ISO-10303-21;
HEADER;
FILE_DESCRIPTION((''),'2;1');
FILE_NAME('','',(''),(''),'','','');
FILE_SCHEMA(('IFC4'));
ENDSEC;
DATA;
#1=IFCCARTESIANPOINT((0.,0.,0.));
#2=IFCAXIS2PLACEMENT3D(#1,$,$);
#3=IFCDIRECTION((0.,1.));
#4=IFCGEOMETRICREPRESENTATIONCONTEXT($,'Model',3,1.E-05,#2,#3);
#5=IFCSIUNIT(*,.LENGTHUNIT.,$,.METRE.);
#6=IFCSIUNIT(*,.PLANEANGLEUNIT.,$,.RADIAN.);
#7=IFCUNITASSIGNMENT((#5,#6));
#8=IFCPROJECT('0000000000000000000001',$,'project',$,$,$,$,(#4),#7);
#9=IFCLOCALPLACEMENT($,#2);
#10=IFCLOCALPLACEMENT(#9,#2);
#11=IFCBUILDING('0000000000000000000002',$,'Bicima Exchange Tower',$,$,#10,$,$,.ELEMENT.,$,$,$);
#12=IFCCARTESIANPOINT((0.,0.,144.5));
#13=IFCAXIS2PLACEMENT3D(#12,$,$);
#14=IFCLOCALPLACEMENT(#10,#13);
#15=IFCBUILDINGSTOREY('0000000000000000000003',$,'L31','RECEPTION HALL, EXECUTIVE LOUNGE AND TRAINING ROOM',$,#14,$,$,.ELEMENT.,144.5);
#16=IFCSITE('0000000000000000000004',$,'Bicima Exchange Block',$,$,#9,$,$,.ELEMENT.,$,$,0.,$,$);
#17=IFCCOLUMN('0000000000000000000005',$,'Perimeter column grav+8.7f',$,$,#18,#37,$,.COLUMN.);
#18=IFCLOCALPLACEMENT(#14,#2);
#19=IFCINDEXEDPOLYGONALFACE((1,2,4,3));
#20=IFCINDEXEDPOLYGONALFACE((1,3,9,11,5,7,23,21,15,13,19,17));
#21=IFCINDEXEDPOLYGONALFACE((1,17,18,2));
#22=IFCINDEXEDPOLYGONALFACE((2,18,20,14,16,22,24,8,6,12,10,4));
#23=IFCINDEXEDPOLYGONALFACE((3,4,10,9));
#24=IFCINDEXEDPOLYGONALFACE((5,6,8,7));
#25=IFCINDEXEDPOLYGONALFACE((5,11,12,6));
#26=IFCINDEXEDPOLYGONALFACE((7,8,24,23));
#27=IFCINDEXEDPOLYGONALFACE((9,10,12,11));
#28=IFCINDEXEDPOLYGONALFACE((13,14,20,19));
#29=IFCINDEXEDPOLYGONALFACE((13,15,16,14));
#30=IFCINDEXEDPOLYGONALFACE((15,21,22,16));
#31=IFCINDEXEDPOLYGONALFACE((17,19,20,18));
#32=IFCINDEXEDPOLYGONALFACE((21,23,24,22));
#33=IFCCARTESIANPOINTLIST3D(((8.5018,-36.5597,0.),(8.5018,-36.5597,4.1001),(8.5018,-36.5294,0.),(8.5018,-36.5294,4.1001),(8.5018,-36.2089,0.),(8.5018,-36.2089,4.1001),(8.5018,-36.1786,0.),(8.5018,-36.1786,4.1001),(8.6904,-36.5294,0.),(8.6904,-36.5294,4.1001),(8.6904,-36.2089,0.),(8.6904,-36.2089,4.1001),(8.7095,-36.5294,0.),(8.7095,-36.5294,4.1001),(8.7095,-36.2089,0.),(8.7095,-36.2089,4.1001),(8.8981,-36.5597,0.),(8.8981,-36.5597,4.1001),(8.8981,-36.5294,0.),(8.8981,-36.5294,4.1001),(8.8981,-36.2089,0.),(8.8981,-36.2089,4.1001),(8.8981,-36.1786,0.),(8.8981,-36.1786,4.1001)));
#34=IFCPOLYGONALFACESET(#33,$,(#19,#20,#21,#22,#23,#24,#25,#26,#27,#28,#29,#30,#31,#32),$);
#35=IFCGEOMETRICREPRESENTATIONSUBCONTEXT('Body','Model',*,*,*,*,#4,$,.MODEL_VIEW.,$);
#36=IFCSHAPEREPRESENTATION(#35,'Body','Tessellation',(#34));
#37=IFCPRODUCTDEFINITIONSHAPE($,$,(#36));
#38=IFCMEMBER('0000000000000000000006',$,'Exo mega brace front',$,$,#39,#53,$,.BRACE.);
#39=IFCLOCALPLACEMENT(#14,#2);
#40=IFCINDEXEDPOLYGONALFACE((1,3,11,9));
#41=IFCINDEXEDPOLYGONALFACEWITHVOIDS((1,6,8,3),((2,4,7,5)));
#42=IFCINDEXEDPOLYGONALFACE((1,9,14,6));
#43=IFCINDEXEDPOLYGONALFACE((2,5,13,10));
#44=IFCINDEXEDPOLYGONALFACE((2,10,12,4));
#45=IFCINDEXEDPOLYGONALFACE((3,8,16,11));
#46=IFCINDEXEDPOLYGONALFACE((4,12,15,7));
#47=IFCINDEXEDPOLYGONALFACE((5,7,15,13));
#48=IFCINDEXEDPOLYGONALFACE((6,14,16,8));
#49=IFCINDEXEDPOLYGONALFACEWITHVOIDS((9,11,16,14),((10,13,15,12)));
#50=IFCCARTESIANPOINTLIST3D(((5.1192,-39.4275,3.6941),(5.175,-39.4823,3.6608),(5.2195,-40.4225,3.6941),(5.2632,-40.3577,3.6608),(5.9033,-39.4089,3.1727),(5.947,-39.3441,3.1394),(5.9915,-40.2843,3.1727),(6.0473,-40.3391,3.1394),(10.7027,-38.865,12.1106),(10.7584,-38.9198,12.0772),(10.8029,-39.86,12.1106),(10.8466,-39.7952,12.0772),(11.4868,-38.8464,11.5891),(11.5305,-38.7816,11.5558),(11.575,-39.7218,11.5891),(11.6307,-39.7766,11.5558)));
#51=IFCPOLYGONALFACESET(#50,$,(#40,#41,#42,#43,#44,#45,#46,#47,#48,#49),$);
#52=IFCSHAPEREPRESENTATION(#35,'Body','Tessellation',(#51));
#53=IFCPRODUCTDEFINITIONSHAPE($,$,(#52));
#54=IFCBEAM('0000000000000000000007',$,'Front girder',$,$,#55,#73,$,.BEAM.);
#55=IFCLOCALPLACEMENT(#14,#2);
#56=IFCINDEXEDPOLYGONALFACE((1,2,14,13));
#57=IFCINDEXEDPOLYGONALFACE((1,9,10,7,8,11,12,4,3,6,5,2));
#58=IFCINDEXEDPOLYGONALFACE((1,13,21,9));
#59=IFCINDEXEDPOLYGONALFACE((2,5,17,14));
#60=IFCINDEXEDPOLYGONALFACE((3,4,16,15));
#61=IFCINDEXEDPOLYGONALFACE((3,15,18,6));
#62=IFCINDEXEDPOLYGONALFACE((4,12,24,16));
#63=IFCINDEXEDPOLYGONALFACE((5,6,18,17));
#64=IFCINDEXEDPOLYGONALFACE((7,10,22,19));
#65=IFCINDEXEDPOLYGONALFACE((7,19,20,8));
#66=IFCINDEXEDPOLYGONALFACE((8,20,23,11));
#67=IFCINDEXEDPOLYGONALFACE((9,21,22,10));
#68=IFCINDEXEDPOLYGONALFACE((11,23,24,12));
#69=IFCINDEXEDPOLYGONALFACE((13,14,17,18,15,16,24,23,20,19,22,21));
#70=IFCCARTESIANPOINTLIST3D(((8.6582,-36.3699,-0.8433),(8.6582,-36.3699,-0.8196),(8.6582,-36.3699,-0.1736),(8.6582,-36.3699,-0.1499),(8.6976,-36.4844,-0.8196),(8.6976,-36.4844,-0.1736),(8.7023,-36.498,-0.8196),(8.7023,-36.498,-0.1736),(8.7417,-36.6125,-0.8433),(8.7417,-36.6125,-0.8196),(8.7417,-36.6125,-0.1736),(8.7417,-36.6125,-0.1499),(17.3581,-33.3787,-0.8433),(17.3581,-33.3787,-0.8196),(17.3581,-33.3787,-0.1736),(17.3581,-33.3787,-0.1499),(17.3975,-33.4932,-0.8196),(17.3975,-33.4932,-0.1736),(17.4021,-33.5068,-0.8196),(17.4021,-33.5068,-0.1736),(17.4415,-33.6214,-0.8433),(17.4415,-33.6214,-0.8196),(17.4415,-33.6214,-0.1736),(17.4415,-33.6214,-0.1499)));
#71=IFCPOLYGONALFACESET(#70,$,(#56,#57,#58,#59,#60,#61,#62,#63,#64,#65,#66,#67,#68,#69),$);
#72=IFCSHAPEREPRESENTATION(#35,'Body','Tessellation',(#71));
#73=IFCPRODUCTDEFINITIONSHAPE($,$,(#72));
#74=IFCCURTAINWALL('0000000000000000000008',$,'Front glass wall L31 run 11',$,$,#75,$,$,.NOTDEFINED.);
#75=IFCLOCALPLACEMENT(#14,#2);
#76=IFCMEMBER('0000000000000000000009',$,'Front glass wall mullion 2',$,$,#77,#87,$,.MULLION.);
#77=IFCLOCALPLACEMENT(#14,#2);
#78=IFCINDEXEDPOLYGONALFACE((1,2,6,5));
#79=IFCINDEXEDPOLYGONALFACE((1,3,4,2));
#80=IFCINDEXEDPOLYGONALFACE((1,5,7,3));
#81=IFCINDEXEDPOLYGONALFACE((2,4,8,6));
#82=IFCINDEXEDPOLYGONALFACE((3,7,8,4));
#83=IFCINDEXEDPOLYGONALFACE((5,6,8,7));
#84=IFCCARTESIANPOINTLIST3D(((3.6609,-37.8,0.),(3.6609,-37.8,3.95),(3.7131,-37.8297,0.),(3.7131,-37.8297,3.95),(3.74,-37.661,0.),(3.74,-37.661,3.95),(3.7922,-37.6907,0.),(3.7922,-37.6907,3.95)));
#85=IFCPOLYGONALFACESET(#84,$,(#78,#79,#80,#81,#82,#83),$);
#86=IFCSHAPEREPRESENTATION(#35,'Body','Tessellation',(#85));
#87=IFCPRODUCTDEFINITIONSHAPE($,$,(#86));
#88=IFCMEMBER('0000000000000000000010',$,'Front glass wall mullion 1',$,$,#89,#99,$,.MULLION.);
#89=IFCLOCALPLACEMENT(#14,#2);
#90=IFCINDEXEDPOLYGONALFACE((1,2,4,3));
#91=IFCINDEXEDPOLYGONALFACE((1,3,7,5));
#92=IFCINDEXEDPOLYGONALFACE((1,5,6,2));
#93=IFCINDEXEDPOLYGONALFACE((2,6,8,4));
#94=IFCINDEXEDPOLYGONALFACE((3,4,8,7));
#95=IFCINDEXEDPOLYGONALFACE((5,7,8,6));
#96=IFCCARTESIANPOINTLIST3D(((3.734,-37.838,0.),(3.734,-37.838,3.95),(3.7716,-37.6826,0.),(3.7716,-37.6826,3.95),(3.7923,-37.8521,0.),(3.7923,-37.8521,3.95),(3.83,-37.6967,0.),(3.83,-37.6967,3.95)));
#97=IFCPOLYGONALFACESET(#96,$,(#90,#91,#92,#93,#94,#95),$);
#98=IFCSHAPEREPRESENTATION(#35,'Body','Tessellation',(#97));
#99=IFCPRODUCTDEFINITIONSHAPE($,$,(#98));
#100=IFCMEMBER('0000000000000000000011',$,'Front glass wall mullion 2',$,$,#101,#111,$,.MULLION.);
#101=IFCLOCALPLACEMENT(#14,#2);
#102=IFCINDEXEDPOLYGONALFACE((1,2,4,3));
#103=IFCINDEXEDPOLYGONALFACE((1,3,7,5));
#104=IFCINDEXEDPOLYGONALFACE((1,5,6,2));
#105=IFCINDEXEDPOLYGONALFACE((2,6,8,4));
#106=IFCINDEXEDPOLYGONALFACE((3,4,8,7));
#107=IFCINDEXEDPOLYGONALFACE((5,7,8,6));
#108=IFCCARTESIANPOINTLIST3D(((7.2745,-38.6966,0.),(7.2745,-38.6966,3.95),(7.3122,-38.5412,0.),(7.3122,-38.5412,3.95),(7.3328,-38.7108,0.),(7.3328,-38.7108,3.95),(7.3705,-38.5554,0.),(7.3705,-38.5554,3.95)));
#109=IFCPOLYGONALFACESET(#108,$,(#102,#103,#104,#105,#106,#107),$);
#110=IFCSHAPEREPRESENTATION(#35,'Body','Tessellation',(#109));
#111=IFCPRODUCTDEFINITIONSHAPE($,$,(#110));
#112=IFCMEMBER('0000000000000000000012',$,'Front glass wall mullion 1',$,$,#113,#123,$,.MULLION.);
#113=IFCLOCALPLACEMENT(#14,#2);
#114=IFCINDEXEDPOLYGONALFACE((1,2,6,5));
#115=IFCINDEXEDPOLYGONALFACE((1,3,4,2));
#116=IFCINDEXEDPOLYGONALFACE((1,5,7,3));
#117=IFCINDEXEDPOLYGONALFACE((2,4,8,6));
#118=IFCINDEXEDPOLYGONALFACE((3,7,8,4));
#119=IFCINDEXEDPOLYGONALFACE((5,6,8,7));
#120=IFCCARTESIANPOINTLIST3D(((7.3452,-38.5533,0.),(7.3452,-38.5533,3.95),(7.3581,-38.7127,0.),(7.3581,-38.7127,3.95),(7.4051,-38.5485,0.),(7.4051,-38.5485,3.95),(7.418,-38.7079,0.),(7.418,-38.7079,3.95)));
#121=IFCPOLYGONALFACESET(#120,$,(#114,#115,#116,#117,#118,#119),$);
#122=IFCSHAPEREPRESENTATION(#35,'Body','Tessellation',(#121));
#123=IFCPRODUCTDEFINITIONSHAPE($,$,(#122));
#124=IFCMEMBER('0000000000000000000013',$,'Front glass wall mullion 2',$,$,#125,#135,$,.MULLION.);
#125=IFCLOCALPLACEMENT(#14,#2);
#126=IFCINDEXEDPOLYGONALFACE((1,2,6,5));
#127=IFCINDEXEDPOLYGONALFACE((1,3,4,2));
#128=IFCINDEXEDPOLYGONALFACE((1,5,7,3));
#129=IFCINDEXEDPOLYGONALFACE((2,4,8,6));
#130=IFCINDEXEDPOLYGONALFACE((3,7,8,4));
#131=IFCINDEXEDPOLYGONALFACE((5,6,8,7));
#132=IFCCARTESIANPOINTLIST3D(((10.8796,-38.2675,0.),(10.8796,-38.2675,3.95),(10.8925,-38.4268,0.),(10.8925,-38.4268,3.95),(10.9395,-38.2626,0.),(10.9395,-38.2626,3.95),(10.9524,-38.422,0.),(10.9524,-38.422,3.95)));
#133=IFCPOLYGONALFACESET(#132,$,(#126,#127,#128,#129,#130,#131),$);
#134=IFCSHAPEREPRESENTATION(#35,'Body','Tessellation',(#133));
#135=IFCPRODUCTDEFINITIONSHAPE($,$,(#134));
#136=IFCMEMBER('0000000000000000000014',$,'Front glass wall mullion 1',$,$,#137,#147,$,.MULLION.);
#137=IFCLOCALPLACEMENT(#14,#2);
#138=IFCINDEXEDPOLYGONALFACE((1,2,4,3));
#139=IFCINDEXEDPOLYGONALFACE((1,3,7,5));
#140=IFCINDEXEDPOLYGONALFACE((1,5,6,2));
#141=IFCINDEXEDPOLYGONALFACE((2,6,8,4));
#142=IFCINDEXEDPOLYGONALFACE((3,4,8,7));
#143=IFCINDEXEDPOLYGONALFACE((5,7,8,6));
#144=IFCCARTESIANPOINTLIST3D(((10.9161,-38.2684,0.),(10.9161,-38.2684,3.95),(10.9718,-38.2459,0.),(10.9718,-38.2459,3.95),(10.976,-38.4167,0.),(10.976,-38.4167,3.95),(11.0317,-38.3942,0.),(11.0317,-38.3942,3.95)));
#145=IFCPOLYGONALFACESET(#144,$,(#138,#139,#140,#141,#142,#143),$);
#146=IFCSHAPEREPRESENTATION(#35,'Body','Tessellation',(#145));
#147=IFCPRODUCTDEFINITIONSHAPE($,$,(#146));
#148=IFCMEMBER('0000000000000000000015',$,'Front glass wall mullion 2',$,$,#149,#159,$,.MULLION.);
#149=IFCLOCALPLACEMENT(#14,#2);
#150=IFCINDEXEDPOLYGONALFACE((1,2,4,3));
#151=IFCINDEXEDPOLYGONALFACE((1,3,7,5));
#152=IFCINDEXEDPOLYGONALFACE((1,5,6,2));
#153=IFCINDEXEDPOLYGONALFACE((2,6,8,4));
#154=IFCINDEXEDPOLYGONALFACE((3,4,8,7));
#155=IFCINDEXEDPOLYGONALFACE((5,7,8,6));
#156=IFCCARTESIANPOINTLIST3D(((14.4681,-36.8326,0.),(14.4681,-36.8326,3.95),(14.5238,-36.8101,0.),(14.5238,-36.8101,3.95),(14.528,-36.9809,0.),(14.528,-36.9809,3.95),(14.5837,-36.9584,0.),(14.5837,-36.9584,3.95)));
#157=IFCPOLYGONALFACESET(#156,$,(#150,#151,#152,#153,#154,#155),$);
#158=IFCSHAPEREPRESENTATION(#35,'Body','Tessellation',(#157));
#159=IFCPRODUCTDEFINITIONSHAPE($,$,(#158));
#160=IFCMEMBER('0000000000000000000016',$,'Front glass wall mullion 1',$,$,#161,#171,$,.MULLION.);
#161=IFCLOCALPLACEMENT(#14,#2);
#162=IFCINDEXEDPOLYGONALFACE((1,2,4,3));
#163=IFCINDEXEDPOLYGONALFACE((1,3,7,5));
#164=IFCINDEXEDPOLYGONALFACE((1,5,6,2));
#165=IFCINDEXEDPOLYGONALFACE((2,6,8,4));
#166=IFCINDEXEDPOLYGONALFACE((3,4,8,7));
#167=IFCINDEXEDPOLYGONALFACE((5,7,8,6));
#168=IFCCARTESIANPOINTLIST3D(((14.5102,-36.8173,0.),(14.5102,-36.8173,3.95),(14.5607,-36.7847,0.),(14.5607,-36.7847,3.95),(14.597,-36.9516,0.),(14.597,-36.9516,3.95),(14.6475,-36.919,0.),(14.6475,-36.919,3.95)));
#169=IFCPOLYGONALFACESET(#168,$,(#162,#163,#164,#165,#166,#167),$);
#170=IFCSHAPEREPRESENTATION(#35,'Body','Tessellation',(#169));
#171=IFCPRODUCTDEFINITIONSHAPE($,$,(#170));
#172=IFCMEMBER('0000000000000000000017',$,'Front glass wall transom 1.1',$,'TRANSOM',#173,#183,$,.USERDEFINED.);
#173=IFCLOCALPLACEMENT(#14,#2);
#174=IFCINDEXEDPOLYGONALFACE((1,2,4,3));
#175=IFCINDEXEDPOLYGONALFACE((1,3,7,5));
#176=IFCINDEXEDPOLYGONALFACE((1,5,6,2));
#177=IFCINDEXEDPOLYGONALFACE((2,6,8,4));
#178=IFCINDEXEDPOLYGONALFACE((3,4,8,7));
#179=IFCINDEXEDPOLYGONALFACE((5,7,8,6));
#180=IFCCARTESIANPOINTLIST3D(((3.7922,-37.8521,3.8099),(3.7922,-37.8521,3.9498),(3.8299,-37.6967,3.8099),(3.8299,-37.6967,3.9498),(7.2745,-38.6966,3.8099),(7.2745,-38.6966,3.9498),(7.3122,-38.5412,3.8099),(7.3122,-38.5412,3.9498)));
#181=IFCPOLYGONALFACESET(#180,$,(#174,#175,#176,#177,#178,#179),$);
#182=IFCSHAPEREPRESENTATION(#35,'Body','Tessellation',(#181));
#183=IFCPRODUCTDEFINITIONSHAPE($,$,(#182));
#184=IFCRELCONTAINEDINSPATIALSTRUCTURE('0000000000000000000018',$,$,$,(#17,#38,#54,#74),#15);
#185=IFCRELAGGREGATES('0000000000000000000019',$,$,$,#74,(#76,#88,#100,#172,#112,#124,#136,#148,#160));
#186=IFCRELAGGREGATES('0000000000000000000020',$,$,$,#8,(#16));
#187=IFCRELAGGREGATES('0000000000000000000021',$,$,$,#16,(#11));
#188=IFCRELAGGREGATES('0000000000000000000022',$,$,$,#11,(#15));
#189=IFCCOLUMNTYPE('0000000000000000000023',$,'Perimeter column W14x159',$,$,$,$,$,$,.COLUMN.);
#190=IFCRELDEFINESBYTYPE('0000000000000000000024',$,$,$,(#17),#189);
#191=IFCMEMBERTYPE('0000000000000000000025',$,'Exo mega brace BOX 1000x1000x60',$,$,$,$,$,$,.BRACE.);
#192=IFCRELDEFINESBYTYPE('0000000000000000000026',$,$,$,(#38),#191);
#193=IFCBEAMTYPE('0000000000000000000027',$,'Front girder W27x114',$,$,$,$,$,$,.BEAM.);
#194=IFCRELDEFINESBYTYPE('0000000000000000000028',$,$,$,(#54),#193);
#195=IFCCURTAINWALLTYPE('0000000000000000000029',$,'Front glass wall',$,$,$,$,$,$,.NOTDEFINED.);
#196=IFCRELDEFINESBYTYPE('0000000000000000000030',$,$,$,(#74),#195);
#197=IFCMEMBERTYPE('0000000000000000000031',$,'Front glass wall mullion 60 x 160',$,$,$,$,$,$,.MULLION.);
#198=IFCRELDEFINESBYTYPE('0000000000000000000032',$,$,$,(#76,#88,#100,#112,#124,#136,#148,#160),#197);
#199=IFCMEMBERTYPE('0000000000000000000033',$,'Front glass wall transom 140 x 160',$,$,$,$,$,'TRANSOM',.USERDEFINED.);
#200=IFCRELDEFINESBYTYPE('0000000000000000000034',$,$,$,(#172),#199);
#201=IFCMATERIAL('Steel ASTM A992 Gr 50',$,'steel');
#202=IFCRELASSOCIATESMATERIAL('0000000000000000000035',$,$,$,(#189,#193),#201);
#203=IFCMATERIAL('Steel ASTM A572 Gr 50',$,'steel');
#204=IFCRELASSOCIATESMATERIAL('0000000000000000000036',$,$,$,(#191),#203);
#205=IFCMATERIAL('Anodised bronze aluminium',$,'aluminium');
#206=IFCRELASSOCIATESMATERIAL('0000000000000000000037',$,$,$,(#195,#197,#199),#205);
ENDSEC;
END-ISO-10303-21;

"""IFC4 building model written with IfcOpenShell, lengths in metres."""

from ifc_helpers import new_model, si_unit, direction, frame, origin, origin_2d, place, context, subcontext, project, spatial, rectangle, hollow_rectangle, i_section, extrude, material, material_profile, profile_set, type_object, element, aggregate, save


model = new_model("IFC4")

# Units and contexts
model_context = context("Model", 3, precision=1e-05, world=origin(), true_north=direction((0.0, 1.0)))
body_context = subcontext(model_context, "Body", "Model", "MODEL_VIEW")
ifc_project = project(units=[si_unit("LENGTHUNIT", "METRE"), si_unit("PLANEANGLEUNIT", "RADIAN")], contexts=[model_context])

# Site, building, storey
site_placement = place(None, origin())
site = spatial("IfcSite", under=ifc_project, at=site_placement, Name="Bicima Exchange Block", CompositionType="ELEMENT", RefElevation=0.0)
building_placement = place(site_placement, origin())
building = spatial("IfcBuilding", under=site, at=building_placement, Name="Bicima Exchange Tower", CompositionType="ELEMENT")
storey_placement = place(building_placement, frame((0.0, 0.0, 144.5)))
storey = spatial("IfcBuildingStorey", under=building, at=storey_placement, Name="L31", Description="RECEPTION HALL, EXECUTIVE LOUNGE AND TRAINING ROOM", CompositionType="ELEMENT", Elevation=144.5)

# Column
ifc_material_1 = material(Name="Steel ASTM A992 Gr 50", Category="steel")
ifc_material_profile_1 = material_profile(ifc_material_1, i_section(OverallWidth=0.3962, OverallDepth=0.3811, WebThickness=0.019, FlangeThickness=0.0303, at=origin_2d()))
ifc_profile_set_1 = profile_set([ifc_material_profile_1], Name="Steel ASTM A992 Gr 50")
column_type = type_object("IfcColumnType", Name="Perimeter column W14x159", PredefinedType="COLUMN", material=ifc_profile_set_1)
column_placement = place(storey_placement, frame((8.7, -36.3691, 0.0), z_axis=(0.0, 0.0, 1.0), x_axis=(1.0, 0.0, 0.0)))
element("IfcColumn", 1, at=column_placement, inside=storey, type_object=column_type, Name="Perimeter column grav+8.7f", PredefinedType="COLUMN", context=body_context, shape_type="SweptSolid", body=[
    extrude(i_section(OverallWidth=0.3962, OverallDepth=0.3811, WebThickness=0.019, FlangeThickness=0.0303, at=origin_2d()), origin(), (0.0, 0.0, 1.0), 4.1001),
])

# Member
ifc_material_2 = material(Name="Steel ASTM A572 Gr 50", Category="steel")
ifc_material_profile_2 = material_profile(ifc_material_2, hollow_rectangle(XDim=1.0, YDim=1.0, WallThickness=0.0601, at=origin_2d()))
ifc_profile_set_2 = profile_set([ifc_material_profile_2], Name="Steel ASTM A572 Gr 50")
member_type_1 = type_object("IfcMemberType", Name="Exo mega brace BOX 1000x1000x60", PredefinedType="BRACE", material=ifc_profile_set_2)
member_1_placement = place(storey_placement, frame((5.5833, -39.8833, 3.4167), z_axis=(0.551958, 0.055606, 0.832016), x_axis=(-0.100236, 0.994964, 0.0)))
element("IfcMember", 2, at=member_1_placement, inside=storey, type_object=member_type_1, Name="Exo mega brace front", PredefinedType="BRACE", context=body_context, shape_type="SweptSolid", body=[
    extrude(hollow_rectangle(XDim=1.0, YDim=1.0, WallThickness=0.0601, at=origin_2d()), origin(), (0.0, 0.0, 1.0), 10.1157),
])

# Beam
ifc_material_profile_3 = material_profile(ifc_material_1, i_section(OverallWidth=0.2566, OverallDepth=0.6934, WebThickness=0.0144, FlangeThickness=0.0237, at=origin_2d()))
ifc_profile_set_3 = profile_set([ifc_material_profile_3], Name="Steel ASTM A992 Gr 50")
beam_type = type_object("IfcBeamType", Name="Front girder W27x114", PredefinedType="BEAM", material=ifc_profile_set_3)
beam_placement = place(storey_placement, frame((8.7, -36.4912, -0.4966), z_axis=(0.945666, 0.325138, 0.0), x_axis=(-0.325138, 0.945666, 0.0)))
element("IfcBeam", 3, at=beam_placement, inside=storey, type_object=beam_type, Name="Front girder", PredefinedType="BEAM", context=body_context, shape_type="SweptSolid", body=[
    extrude(i_section(OverallWidth=0.2566, OverallDepth=0.6934, WebThickness=0.0144, FlangeThickness=0.0237, at=origin_2d()), origin(), (0.0, 0.0, 1.0), 9.1997),
])

# Curtain wall, members
ifc_material_3 = material(Name="Anodised bronze aluminium", Category="aluminium")
curtain_wall_type = type_object("IfcCurtainWallType", Name="Front glass wall", PredefinedType="NOTDEFINED", material=ifc_material_3)
curtain_wall_placement = place(storey_placement, origin())
curtain_wall = element("IfcCurtainWall", 4, at=curtain_wall_placement, inside=storey, type_object=curtain_wall_type, Name="Front glass wall L31 run 11", PredefinedType="NOTDEFINED")
ifc_material_profile_4 = material_profile(ifc_material_3, rectangle(XDim=0.1599, YDim=0.0601, at=origin_2d()))
ifc_profile_set_4 = profile_set([ifc_material_profile_4], Name="Anodised bronze aluminium")
member_type_2 = type_object("IfcMemberType", Name="Front glass wall mullion 60 x 160", PredefinedType="MULLION", material=ifc_profile_set_4)
member_2_placement = place(storey_placement, frame((3.7266, -37.7454, 0.0), z_axis=(0.0, 0.0, 1.0), x_axis=(0.49433, 0.869274, 0.0)))
member_2 = element("IfcMember", 5, at=member_2_placement, type_object=member_type_2, Name="Front glass wall mullion 2", PredefinedType="MULLION", context=body_context, shape_type="SweptSolid", body=[
    extrude(rectangle(XDim=0.1599, YDim=0.0601, at=origin_2d()), origin(), (0.0, 0.0, 1.0), 3.95),
])
member_3_placement = place(storey_placement, frame((3.782, -37.7673, 0.0), z_axis=(0.0, 0.0, 1.0), x_axis=(0.235682, 0.97183, 0.0)))
member_3 = element("IfcMember", 6, at=member_3_placement, type_object=member_type_2, Name="Front glass wall mullion 1", PredefinedType="MULLION", context=body_context, shape_type="SweptSolid", body=[
    extrude(rectangle(XDim=0.1599, YDim=0.0601, at=origin_2d()), origin(), (0.0, 0.0, 1.0), 3.95),
])
member_4_placement = place(storey_placement, frame((7.3225, -38.626, 0.0), z_axis=(0.0, 0.0, 1.0), x_axis=(0.235682, 0.97183, 0.0)))
member_4 = element("IfcMember", 7, at=member_4_placement, type_object=member_type_2, Name="Front glass wall mullion 2", PredefinedType="MULLION", context=body_context, shape_type="SweptSolid", body=[
    extrude(rectangle(XDim=0.1599, YDim=0.0601, at=origin_2d()), origin(), (0.0, 0.0, 1.0), 3.95),
])
member_5_placement = place(storey_placement, frame((7.3816, -38.6306, 0.0), z_axis=(0.0, 0.0, 1.0), x_axis=(-0.080589, 0.996747, 0.0)))
member_5 = element("IfcMember", 8, at=member_5_placement, type_object=member_type_2, Name="Front glass wall mullion 1", PredefinedType="MULLION", context=body_context, shape_type="SweptSolid", body=[
    extrude(rectangle(XDim=0.1599, YDim=0.0601, at=origin_2d()), origin(), (0.0, 0.0, 1.0), 3.95),
])
member_6_placement = place(storey_placement, frame((10.916, -38.3447, 0.0), z_axis=(0.0, 0.0, 1.0), x_axis=(-0.080589, 0.996747, 0.0)))
member_6 = element("IfcMember", 9, at=member_6_placement, type_object=member_type_2, Name="Front glass wall mullion 2", PredefinedType="MULLION", context=body_context, shape_type="SweptSolid", body=[
    extrude(rectangle(XDim=0.1599, YDim=0.0601, at=origin_2d()), origin(), (0.0, 0.0, 1.0), 3.95),
])
member_7_placement = place(storey_placement, frame((10.9739, -38.3313, 0.0), z_axis=(0.0, 0.0, 1.0), x_axis=(-0.374705, 0.927144, 0.0)))
member_7 = element("IfcMember", 10, at=member_7_placement, type_object=member_type_2, Name="Front glass wall mullion 1", PredefinedType="MULLION", context=body_context, shape_type="SweptSolid", body=[
    extrude(rectangle(XDim=0.1599, YDim=0.0601, at=origin_2d()), origin(), (0.0, 0.0, 1.0), 3.95),
])
member_8_placement = place(storey_placement, frame((14.5259, -36.8955, 0.0), z_axis=(0.0, 0.0, 1.0), x_axis=(-0.374705, 0.927144, 0.0)))
member_8 = element("IfcMember", 11, at=member_8_placement, type_object=member_type_2, Name="Front glass wall mullion 2", PredefinedType="MULLION", context=body_context, shape_type="SweptSolid", body=[
    extrude(rectangle(XDim=0.1599, YDim=0.0601, at=origin_2d()), origin(), (0.0, 0.0, 1.0), 3.95),
])
member_9_placement = place(storey_placement, frame((14.5789, -36.8682, 0.0), z_axis=(0.0, 0.0, 1.0), x_axis=(-0.542909, 0.839791, 0.0)))
member_9 = element("IfcMember", 12, at=member_9_placement, type_object=member_type_2, Name="Front glass wall mullion 1", PredefinedType="MULLION", context=body_context, shape_type="SweptSolid", body=[
    extrude(rectangle(XDim=0.1599, YDim=0.0601, at=origin_2d()), origin(), (0.0, 0.0, 1.0), 3.95),
])
ifc_material_profile_5 = material_profile(ifc_material_3, rectangle(XDim=0.1599, YDim=0.1399, at=origin_2d()))
ifc_profile_set_5 = profile_set([ifc_material_profile_5], Name="Anodised bronze aluminium")
member_type_3 = type_object("IfcMemberType", Name="Front glass wall transom 140 x 160", ElementType="TRANSOM", PredefinedType="USERDEFINED", material=ifc_profile_set_5)
member_10_placement = place(storey_placement, frame((3.811, -37.7744, 3.8799), z_axis=(0.971834, -0.235668, 0.0), x_axis=(0.235668, 0.971834, 0.0)))
member_10 = element("IfcMember", 13, at=member_10_placement, type_object=member_type_3, Name="Front glass wall transom 1.1", ObjectType="TRANSOM", PredefinedType="USERDEFINED", context=body_context, shape_type="SweptSolid", body=[
    extrude(rectangle(XDim=0.1599, YDim=0.1399, at=origin_2d()), origin(), (0.0, 0.0, 1.0), 3.5833),
])
aggregate(curtain_wall, [member_2, member_3, member_4, member_10, member_5, member_6, member_7, member_8, member_9])

save(model, "model.ifc")
